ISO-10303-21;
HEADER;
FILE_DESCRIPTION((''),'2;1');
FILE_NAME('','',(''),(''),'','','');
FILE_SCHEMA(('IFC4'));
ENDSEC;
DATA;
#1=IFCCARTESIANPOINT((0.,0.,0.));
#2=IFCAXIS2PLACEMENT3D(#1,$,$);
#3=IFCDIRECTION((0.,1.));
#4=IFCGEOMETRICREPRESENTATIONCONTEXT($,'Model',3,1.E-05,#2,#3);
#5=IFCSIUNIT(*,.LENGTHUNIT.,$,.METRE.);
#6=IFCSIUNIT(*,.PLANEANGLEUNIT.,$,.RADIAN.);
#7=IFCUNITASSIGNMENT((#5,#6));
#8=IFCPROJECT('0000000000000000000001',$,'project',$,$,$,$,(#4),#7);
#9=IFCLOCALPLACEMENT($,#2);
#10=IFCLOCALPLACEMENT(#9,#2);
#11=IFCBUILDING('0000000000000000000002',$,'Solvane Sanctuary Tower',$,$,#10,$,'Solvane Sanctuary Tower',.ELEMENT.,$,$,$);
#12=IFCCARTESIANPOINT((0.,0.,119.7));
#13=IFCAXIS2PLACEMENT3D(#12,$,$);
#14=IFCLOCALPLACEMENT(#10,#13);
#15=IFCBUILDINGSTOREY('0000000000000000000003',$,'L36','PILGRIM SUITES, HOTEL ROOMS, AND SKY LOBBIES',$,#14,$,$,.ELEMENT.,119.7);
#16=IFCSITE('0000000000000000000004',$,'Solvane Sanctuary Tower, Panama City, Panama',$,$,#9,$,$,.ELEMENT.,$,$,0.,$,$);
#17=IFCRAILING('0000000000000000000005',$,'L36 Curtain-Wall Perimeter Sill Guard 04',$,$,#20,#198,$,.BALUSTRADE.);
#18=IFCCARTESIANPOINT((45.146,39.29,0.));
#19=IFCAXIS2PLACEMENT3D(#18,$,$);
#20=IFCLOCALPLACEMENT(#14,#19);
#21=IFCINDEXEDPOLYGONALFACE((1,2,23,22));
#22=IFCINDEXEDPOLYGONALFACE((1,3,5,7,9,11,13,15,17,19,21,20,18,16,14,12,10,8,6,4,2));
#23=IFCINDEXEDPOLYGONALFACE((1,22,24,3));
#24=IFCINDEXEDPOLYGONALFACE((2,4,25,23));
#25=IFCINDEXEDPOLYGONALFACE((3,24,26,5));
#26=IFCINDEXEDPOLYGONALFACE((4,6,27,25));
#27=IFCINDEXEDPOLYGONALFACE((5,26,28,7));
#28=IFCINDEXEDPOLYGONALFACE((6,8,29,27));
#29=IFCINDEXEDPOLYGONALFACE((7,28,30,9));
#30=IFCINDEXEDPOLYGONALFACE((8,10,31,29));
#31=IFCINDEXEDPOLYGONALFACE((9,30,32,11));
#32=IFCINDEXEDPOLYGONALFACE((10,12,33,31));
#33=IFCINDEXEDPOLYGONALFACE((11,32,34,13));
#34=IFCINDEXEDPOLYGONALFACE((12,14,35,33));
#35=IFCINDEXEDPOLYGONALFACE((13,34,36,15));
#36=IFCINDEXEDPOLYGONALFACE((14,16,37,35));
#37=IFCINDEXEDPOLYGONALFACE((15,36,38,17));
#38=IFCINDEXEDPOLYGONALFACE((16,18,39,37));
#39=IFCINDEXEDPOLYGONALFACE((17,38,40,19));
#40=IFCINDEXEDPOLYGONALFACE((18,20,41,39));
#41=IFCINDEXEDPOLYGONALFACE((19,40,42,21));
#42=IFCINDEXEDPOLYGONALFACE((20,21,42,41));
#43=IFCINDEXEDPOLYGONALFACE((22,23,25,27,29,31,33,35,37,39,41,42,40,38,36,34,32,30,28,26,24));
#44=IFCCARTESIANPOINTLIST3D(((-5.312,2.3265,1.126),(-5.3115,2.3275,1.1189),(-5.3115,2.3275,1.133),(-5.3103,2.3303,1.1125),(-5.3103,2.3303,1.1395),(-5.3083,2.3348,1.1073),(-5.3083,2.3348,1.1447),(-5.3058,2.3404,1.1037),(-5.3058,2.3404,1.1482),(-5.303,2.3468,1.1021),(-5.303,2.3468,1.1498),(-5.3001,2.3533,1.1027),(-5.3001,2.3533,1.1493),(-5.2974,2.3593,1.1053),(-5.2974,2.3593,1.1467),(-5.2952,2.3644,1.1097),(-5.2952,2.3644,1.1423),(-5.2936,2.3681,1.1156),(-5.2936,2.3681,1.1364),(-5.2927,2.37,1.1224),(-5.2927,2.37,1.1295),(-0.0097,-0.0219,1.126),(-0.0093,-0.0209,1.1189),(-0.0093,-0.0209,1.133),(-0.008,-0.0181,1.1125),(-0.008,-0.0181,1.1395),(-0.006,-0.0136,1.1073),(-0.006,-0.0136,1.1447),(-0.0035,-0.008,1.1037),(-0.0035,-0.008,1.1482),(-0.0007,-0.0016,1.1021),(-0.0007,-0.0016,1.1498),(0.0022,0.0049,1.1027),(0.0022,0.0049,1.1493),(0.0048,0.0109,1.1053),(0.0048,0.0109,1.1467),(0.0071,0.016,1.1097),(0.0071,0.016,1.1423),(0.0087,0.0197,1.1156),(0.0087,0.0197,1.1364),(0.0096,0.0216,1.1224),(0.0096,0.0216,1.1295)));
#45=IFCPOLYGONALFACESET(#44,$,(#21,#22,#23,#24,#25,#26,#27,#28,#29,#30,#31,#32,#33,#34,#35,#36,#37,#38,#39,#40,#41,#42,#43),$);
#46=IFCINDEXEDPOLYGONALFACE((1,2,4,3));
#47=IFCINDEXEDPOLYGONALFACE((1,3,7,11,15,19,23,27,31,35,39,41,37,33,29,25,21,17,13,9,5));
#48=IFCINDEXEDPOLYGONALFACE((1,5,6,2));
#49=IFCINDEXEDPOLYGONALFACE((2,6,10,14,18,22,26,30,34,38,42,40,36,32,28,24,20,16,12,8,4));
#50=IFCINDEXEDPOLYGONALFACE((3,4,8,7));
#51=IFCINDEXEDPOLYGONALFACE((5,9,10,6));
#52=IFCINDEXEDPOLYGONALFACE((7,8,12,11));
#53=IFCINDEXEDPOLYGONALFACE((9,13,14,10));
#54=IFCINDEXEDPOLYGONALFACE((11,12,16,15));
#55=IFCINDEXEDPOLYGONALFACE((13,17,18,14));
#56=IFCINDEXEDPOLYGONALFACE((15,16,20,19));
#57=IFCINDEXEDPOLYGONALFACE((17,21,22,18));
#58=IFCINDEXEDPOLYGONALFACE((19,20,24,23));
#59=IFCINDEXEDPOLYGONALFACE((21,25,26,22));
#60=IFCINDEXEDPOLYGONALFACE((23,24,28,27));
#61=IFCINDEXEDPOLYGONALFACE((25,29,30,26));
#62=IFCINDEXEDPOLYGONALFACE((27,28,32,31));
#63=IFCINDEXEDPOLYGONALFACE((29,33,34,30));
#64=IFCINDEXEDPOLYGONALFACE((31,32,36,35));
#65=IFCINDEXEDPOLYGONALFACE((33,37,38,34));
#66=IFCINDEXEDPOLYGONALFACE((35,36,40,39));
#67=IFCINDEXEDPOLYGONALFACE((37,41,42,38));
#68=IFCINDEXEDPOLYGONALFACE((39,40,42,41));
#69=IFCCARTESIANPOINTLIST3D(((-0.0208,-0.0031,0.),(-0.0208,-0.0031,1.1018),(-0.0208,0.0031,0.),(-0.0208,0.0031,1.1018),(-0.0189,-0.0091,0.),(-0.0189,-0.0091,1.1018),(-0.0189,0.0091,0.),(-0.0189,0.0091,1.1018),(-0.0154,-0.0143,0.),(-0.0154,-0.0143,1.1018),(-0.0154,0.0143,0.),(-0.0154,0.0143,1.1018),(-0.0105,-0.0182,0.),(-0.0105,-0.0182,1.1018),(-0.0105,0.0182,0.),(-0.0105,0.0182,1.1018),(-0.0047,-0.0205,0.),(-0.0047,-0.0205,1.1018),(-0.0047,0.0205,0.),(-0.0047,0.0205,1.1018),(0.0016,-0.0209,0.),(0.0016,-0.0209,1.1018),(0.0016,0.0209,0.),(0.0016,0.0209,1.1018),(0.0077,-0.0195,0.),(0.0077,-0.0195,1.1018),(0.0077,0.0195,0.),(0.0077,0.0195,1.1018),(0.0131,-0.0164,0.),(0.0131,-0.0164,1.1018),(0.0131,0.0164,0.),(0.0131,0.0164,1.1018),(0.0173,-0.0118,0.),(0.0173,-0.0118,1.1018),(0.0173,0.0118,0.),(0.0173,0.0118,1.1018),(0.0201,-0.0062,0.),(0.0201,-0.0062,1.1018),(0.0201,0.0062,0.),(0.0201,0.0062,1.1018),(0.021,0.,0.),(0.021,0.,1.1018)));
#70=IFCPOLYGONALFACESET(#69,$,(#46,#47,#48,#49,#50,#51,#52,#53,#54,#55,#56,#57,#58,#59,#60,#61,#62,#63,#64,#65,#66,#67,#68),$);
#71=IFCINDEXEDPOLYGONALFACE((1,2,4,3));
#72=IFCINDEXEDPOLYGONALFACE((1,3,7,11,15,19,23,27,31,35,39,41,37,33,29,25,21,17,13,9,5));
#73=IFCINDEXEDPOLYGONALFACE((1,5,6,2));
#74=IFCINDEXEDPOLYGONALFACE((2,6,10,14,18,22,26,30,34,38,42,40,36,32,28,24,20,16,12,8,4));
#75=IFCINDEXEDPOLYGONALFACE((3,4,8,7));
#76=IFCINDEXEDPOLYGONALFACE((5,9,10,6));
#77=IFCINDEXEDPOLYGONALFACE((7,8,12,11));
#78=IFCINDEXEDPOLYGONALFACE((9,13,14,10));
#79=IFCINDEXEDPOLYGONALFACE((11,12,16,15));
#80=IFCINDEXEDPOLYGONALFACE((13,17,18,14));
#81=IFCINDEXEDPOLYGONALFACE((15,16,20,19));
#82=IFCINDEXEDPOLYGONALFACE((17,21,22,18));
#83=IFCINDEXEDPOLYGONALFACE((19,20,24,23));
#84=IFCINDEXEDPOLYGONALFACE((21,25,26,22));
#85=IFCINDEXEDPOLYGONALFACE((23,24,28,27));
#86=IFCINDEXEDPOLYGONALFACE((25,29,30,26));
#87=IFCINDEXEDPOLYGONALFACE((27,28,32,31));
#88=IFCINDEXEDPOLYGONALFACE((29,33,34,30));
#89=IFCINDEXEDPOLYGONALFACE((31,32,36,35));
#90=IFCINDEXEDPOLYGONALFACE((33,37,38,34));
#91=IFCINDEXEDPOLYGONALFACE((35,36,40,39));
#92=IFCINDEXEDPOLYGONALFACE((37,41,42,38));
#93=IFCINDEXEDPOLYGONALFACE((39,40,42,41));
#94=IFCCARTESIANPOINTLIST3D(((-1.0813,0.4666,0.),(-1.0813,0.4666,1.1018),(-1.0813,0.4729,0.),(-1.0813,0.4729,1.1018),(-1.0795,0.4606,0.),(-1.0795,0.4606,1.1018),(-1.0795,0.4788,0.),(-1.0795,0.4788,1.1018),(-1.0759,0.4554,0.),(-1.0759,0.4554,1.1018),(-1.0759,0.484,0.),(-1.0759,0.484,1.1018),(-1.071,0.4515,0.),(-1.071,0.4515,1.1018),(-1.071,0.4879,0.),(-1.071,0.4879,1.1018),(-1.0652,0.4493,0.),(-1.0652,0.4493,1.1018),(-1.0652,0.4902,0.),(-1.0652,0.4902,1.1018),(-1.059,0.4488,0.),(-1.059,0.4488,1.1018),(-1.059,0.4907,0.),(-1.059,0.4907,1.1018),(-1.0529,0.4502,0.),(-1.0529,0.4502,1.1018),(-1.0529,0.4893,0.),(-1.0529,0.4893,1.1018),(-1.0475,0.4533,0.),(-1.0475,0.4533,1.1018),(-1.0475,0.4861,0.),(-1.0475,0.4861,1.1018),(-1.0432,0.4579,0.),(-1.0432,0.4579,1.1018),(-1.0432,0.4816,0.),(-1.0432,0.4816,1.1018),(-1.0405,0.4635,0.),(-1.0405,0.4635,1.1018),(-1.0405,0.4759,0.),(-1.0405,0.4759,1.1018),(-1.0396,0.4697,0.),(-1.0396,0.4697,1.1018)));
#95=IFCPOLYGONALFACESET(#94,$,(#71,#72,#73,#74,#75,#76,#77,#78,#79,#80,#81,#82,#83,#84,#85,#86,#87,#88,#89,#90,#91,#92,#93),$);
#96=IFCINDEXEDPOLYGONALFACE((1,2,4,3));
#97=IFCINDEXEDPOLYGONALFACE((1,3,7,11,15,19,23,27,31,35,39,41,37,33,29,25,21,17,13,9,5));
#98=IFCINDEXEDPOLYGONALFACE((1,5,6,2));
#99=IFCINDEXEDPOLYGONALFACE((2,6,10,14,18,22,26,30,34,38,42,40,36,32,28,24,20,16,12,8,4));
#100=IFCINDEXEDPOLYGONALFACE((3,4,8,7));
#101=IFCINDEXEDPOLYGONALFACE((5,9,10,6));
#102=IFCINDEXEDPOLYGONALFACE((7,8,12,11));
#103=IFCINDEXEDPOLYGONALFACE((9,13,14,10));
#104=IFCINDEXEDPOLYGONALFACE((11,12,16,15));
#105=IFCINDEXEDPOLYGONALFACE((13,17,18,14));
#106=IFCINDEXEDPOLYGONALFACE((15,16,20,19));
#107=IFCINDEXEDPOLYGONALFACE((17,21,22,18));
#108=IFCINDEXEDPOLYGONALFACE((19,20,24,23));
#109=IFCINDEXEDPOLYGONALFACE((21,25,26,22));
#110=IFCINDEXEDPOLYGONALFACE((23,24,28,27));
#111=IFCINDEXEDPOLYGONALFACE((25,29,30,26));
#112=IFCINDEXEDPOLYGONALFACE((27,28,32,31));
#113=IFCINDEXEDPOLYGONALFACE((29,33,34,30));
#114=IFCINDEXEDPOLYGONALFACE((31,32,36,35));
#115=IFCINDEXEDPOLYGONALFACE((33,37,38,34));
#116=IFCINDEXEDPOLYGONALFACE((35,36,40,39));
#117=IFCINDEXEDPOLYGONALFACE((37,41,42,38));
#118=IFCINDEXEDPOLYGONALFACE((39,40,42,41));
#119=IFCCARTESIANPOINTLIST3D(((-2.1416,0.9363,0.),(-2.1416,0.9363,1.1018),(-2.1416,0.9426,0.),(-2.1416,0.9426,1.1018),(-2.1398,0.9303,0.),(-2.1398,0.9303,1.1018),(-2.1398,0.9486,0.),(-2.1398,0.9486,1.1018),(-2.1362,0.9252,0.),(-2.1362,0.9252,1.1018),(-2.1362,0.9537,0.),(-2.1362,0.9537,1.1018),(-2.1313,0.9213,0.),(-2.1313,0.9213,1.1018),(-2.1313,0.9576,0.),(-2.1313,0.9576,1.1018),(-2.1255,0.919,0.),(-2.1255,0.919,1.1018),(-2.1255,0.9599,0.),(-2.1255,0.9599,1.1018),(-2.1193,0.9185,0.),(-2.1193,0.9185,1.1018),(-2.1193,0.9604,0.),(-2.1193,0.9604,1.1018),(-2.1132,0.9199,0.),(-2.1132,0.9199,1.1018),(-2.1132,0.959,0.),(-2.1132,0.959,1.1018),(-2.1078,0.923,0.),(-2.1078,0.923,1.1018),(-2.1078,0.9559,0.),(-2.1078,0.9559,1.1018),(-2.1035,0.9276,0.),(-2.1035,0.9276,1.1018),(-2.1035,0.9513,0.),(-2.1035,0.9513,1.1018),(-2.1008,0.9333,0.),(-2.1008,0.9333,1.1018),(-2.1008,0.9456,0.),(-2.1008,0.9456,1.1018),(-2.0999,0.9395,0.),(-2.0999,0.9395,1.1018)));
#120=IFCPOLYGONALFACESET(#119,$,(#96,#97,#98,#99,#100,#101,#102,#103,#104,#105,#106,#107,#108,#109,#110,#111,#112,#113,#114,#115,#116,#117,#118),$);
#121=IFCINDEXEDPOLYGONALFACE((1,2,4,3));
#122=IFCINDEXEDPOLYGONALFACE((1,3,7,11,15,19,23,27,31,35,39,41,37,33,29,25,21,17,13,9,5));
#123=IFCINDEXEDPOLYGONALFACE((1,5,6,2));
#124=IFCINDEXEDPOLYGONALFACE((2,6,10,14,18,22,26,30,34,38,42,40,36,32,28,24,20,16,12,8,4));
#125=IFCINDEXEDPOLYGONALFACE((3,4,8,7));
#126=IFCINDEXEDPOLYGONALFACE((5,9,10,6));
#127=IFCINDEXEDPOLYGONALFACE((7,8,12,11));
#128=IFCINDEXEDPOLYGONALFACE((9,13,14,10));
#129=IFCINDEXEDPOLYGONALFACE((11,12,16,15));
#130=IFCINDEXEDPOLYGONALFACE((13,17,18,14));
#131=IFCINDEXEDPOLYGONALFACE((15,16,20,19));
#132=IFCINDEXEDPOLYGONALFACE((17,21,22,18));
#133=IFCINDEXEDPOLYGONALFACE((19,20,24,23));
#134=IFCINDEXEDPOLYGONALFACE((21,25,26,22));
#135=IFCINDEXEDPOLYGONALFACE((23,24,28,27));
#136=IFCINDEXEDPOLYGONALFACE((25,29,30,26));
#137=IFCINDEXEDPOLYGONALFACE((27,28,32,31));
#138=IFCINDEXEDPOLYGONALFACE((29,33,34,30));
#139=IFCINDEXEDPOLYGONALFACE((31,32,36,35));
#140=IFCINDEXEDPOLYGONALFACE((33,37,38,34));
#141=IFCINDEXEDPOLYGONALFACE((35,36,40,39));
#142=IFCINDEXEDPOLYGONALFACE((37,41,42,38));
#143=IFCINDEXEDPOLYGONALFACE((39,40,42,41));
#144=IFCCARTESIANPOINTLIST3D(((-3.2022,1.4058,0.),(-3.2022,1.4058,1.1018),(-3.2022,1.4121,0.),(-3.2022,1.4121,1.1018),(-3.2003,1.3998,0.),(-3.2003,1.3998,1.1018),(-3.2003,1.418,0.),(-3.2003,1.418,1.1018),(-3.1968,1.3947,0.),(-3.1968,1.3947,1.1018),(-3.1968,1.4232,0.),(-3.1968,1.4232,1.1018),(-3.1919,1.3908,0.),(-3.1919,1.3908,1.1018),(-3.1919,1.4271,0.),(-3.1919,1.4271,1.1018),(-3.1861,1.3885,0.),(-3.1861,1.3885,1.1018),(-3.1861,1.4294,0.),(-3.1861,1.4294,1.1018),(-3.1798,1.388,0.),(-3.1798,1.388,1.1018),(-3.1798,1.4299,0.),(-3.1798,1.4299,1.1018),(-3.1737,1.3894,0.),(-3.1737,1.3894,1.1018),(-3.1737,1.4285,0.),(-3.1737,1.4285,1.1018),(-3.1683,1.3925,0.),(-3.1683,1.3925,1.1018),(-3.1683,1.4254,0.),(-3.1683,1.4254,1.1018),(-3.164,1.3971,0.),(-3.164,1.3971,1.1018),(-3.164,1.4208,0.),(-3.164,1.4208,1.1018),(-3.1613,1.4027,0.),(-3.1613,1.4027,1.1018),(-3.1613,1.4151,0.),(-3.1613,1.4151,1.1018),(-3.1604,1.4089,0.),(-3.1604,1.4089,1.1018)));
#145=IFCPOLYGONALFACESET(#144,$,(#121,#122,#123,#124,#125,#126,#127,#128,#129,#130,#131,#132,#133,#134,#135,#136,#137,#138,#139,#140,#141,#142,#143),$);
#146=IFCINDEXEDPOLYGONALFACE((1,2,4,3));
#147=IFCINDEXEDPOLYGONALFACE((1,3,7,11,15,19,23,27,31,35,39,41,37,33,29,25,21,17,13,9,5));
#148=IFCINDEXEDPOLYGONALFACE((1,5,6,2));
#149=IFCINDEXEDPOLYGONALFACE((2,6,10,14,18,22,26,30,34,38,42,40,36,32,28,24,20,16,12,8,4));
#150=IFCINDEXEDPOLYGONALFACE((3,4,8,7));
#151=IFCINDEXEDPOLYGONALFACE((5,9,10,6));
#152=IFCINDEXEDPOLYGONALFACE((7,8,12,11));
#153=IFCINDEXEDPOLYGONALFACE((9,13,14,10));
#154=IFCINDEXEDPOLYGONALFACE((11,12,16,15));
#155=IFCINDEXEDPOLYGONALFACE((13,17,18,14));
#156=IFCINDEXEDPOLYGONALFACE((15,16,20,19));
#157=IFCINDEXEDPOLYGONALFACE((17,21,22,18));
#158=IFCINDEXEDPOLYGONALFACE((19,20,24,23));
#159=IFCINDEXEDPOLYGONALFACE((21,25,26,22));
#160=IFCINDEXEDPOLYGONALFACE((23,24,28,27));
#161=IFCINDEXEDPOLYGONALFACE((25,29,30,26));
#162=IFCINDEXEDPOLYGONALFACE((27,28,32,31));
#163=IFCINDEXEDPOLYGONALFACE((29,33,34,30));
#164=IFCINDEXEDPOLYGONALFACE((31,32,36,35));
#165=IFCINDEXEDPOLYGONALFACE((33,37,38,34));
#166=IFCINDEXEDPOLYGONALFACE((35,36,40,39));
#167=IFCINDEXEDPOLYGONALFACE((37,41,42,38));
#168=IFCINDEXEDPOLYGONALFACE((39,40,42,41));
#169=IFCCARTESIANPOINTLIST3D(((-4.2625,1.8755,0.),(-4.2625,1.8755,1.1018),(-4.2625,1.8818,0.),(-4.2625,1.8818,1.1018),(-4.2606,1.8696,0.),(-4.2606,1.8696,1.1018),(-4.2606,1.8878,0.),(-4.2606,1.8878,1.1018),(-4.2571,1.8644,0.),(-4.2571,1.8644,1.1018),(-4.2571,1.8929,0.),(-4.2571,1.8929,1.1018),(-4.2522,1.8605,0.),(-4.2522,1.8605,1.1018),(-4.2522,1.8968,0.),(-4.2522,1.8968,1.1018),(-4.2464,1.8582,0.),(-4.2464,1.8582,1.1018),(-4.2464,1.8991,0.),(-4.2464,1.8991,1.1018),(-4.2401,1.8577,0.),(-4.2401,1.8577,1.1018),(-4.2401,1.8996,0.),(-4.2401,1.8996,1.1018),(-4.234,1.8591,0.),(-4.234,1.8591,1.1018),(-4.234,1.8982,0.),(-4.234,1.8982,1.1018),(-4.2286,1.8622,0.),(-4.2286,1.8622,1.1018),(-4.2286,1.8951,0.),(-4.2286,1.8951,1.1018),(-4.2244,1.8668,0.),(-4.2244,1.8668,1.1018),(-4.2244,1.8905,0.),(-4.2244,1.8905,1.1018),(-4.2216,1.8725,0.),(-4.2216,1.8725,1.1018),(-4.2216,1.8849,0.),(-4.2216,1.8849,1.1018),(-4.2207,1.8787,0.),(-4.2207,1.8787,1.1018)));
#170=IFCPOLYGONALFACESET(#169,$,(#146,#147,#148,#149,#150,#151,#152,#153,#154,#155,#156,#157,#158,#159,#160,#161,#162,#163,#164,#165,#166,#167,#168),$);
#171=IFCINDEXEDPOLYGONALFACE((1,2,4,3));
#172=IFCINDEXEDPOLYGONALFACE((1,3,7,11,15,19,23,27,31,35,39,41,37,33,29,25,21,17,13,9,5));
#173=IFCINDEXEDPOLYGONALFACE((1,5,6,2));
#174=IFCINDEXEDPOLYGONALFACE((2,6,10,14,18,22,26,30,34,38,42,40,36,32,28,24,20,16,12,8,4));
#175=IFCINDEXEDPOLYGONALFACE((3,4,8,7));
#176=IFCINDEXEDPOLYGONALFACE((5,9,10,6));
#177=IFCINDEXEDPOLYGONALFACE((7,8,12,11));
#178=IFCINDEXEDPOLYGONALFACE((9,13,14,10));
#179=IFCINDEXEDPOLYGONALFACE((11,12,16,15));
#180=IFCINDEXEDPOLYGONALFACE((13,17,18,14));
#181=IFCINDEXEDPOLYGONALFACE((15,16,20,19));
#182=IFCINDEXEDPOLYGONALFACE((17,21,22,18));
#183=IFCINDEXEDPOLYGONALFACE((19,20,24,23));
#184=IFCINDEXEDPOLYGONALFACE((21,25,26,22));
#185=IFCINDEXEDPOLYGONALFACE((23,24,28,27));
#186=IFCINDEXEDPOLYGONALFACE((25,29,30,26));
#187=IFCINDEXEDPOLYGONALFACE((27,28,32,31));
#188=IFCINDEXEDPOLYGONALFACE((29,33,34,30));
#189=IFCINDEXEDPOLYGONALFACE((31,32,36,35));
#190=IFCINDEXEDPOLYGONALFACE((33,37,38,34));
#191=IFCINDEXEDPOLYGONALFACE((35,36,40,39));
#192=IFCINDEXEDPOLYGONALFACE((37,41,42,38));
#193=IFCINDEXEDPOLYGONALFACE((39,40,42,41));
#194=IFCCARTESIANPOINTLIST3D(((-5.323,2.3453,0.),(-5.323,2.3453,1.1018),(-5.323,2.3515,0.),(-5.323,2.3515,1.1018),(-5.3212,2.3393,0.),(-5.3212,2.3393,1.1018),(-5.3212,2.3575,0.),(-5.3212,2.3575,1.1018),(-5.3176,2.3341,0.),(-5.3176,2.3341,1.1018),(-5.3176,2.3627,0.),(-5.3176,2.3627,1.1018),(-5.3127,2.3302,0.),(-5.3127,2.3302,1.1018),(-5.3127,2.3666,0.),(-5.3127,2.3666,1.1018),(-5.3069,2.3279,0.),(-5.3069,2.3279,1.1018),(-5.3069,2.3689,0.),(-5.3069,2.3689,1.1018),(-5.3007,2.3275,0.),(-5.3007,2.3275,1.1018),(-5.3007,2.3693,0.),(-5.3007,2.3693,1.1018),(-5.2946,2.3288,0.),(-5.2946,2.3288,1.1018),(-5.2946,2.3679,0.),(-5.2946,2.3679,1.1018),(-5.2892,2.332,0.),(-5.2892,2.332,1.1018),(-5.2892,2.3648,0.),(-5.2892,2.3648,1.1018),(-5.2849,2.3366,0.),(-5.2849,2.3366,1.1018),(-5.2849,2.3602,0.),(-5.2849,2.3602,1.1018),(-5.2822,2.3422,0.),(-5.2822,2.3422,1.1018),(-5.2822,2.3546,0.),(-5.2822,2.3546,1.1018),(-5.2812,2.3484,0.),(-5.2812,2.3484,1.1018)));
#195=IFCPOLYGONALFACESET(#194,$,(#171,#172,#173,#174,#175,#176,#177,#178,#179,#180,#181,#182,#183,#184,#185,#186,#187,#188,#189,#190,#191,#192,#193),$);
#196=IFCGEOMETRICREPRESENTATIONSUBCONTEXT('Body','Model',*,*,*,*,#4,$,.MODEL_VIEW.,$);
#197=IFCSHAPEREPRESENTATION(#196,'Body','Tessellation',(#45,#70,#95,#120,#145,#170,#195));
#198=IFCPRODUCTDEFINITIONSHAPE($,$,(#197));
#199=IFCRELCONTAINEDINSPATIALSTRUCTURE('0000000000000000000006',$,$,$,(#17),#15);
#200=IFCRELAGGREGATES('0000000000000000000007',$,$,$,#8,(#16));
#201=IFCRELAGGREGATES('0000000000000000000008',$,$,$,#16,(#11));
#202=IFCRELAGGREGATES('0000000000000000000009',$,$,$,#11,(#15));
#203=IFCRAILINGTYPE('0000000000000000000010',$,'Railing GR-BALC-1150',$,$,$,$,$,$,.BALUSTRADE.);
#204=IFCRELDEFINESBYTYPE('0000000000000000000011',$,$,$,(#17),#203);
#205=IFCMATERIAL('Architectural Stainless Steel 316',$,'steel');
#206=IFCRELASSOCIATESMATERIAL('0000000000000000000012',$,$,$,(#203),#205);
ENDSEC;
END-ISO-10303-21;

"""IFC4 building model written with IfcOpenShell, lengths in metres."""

from ifc_helpers import new_model, si_unit, direction, frame, origin, origin_2d, place, context, subcontext, project, spatial, circle, extrude, material, type_object, element, save


model = new_model("IFC4")

# Units and contexts
model_context = context("Model", 3, precision=1e-05, world=origin(), true_north=direction((0.0, 1.0)))
body_context = subcontext(model_context, "Body", "Model", "MODEL_VIEW")
ifc_project = project(units=[si_unit("LENGTHUNIT", "METRE"), si_unit("PLANEANGLEUNIT", "RADIAN")], contexts=[model_context])

# Site, building, storey
site_placement = place(None, origin())
site = spatial("IfcSite", under=ifc_project, at=site_placement, Name="Solvane Sanctuary Tower, Panama City, Panama", CompositionType="ELEMENT", RefElevation=0.0)
building_placement = place(site_placement, origin())
building = spatial("IfcBuilding", under=site, at=building_placement, Name="Solvane Sanctuary Tower", LongName="Solvane Sanctuary Tower", CompositionType="ELEMENT")
storey_placement = place(building_placement, frame((0.0, 0.0, 119.7)))
storey = spatial("IfcBuildingStorey", under=building, at=storey_placement, Name="L36", Description="PILGRIM SUITES, HOTEL ROOMS, AND SKY LOBBIES", CompositionType="ELEMENT", Elevation=119.7)

# Shared definitions
ifc_material_1 = material(Name="Architectural Stainless Steel 316", Category="steel")

# Railing
railing_type = type_object("IfcRailingType", Name="Railing GR-BALC-1150", PredefinedType="BALUSTRADE", material=ifc_material_1)
railing_placement = place(storey_placement, frame((45.146, 39.29, 0.0)))
element("IfcRailing", 1, at=railing_placement, inside=storey, type_object=railing_type, Name="L36 Curtain-Wall Perimeter Sill Guard 04", PredefinedType="BALUSTRADE", context=body_context, shape_type="SweptSolid", body=[
    extrude(circle(Radius=0.0239, at=origin_2d()), frame((0.0, 0.0, 1.126), z_axis=(-0.914333, 0.404962, 0.0), x_axis=(-0.404962, -0.914333, 0.0)), (0.0, 0.0, 1.0), 5.7991),
    extrude(circle(Radius=0.021, at=origin_2d()), origin(), (0.0, 0.0, 1.0), 1.1018),
    extrude(circle(Radius=0.021, at=origin_2d()), frame((-1.0605, 0.4697, 0.0)), (0.0, 0.0, 1.0), 1.1018),
    extrude(circle(Radius=0.021, at=origin_2d()), frame((-2.1208, 0.9395, 0.0)), (0.0, 0.0, 1.0), 1.1018),
    extrude(circle(Radius=0.021, at=origin_2d()), frame((-3.1814, 1.4089, 0.0)), (0.0, 0.0, 1.0), 1.1018),
    extrude(circle(Radius=0.021, at=origin_2d()), frame((-4.2417, 1.8787, 0.0)), (0.0, 0.0, 1.0), 1.1018),
    extrude(circle(Radius=0.021, at=origin_2d()), frame((-5.3022, 2.3484, 0.0)), (0.0, 0.0, 1.0), 1.1018),
])

save(model, "model.ifc")
